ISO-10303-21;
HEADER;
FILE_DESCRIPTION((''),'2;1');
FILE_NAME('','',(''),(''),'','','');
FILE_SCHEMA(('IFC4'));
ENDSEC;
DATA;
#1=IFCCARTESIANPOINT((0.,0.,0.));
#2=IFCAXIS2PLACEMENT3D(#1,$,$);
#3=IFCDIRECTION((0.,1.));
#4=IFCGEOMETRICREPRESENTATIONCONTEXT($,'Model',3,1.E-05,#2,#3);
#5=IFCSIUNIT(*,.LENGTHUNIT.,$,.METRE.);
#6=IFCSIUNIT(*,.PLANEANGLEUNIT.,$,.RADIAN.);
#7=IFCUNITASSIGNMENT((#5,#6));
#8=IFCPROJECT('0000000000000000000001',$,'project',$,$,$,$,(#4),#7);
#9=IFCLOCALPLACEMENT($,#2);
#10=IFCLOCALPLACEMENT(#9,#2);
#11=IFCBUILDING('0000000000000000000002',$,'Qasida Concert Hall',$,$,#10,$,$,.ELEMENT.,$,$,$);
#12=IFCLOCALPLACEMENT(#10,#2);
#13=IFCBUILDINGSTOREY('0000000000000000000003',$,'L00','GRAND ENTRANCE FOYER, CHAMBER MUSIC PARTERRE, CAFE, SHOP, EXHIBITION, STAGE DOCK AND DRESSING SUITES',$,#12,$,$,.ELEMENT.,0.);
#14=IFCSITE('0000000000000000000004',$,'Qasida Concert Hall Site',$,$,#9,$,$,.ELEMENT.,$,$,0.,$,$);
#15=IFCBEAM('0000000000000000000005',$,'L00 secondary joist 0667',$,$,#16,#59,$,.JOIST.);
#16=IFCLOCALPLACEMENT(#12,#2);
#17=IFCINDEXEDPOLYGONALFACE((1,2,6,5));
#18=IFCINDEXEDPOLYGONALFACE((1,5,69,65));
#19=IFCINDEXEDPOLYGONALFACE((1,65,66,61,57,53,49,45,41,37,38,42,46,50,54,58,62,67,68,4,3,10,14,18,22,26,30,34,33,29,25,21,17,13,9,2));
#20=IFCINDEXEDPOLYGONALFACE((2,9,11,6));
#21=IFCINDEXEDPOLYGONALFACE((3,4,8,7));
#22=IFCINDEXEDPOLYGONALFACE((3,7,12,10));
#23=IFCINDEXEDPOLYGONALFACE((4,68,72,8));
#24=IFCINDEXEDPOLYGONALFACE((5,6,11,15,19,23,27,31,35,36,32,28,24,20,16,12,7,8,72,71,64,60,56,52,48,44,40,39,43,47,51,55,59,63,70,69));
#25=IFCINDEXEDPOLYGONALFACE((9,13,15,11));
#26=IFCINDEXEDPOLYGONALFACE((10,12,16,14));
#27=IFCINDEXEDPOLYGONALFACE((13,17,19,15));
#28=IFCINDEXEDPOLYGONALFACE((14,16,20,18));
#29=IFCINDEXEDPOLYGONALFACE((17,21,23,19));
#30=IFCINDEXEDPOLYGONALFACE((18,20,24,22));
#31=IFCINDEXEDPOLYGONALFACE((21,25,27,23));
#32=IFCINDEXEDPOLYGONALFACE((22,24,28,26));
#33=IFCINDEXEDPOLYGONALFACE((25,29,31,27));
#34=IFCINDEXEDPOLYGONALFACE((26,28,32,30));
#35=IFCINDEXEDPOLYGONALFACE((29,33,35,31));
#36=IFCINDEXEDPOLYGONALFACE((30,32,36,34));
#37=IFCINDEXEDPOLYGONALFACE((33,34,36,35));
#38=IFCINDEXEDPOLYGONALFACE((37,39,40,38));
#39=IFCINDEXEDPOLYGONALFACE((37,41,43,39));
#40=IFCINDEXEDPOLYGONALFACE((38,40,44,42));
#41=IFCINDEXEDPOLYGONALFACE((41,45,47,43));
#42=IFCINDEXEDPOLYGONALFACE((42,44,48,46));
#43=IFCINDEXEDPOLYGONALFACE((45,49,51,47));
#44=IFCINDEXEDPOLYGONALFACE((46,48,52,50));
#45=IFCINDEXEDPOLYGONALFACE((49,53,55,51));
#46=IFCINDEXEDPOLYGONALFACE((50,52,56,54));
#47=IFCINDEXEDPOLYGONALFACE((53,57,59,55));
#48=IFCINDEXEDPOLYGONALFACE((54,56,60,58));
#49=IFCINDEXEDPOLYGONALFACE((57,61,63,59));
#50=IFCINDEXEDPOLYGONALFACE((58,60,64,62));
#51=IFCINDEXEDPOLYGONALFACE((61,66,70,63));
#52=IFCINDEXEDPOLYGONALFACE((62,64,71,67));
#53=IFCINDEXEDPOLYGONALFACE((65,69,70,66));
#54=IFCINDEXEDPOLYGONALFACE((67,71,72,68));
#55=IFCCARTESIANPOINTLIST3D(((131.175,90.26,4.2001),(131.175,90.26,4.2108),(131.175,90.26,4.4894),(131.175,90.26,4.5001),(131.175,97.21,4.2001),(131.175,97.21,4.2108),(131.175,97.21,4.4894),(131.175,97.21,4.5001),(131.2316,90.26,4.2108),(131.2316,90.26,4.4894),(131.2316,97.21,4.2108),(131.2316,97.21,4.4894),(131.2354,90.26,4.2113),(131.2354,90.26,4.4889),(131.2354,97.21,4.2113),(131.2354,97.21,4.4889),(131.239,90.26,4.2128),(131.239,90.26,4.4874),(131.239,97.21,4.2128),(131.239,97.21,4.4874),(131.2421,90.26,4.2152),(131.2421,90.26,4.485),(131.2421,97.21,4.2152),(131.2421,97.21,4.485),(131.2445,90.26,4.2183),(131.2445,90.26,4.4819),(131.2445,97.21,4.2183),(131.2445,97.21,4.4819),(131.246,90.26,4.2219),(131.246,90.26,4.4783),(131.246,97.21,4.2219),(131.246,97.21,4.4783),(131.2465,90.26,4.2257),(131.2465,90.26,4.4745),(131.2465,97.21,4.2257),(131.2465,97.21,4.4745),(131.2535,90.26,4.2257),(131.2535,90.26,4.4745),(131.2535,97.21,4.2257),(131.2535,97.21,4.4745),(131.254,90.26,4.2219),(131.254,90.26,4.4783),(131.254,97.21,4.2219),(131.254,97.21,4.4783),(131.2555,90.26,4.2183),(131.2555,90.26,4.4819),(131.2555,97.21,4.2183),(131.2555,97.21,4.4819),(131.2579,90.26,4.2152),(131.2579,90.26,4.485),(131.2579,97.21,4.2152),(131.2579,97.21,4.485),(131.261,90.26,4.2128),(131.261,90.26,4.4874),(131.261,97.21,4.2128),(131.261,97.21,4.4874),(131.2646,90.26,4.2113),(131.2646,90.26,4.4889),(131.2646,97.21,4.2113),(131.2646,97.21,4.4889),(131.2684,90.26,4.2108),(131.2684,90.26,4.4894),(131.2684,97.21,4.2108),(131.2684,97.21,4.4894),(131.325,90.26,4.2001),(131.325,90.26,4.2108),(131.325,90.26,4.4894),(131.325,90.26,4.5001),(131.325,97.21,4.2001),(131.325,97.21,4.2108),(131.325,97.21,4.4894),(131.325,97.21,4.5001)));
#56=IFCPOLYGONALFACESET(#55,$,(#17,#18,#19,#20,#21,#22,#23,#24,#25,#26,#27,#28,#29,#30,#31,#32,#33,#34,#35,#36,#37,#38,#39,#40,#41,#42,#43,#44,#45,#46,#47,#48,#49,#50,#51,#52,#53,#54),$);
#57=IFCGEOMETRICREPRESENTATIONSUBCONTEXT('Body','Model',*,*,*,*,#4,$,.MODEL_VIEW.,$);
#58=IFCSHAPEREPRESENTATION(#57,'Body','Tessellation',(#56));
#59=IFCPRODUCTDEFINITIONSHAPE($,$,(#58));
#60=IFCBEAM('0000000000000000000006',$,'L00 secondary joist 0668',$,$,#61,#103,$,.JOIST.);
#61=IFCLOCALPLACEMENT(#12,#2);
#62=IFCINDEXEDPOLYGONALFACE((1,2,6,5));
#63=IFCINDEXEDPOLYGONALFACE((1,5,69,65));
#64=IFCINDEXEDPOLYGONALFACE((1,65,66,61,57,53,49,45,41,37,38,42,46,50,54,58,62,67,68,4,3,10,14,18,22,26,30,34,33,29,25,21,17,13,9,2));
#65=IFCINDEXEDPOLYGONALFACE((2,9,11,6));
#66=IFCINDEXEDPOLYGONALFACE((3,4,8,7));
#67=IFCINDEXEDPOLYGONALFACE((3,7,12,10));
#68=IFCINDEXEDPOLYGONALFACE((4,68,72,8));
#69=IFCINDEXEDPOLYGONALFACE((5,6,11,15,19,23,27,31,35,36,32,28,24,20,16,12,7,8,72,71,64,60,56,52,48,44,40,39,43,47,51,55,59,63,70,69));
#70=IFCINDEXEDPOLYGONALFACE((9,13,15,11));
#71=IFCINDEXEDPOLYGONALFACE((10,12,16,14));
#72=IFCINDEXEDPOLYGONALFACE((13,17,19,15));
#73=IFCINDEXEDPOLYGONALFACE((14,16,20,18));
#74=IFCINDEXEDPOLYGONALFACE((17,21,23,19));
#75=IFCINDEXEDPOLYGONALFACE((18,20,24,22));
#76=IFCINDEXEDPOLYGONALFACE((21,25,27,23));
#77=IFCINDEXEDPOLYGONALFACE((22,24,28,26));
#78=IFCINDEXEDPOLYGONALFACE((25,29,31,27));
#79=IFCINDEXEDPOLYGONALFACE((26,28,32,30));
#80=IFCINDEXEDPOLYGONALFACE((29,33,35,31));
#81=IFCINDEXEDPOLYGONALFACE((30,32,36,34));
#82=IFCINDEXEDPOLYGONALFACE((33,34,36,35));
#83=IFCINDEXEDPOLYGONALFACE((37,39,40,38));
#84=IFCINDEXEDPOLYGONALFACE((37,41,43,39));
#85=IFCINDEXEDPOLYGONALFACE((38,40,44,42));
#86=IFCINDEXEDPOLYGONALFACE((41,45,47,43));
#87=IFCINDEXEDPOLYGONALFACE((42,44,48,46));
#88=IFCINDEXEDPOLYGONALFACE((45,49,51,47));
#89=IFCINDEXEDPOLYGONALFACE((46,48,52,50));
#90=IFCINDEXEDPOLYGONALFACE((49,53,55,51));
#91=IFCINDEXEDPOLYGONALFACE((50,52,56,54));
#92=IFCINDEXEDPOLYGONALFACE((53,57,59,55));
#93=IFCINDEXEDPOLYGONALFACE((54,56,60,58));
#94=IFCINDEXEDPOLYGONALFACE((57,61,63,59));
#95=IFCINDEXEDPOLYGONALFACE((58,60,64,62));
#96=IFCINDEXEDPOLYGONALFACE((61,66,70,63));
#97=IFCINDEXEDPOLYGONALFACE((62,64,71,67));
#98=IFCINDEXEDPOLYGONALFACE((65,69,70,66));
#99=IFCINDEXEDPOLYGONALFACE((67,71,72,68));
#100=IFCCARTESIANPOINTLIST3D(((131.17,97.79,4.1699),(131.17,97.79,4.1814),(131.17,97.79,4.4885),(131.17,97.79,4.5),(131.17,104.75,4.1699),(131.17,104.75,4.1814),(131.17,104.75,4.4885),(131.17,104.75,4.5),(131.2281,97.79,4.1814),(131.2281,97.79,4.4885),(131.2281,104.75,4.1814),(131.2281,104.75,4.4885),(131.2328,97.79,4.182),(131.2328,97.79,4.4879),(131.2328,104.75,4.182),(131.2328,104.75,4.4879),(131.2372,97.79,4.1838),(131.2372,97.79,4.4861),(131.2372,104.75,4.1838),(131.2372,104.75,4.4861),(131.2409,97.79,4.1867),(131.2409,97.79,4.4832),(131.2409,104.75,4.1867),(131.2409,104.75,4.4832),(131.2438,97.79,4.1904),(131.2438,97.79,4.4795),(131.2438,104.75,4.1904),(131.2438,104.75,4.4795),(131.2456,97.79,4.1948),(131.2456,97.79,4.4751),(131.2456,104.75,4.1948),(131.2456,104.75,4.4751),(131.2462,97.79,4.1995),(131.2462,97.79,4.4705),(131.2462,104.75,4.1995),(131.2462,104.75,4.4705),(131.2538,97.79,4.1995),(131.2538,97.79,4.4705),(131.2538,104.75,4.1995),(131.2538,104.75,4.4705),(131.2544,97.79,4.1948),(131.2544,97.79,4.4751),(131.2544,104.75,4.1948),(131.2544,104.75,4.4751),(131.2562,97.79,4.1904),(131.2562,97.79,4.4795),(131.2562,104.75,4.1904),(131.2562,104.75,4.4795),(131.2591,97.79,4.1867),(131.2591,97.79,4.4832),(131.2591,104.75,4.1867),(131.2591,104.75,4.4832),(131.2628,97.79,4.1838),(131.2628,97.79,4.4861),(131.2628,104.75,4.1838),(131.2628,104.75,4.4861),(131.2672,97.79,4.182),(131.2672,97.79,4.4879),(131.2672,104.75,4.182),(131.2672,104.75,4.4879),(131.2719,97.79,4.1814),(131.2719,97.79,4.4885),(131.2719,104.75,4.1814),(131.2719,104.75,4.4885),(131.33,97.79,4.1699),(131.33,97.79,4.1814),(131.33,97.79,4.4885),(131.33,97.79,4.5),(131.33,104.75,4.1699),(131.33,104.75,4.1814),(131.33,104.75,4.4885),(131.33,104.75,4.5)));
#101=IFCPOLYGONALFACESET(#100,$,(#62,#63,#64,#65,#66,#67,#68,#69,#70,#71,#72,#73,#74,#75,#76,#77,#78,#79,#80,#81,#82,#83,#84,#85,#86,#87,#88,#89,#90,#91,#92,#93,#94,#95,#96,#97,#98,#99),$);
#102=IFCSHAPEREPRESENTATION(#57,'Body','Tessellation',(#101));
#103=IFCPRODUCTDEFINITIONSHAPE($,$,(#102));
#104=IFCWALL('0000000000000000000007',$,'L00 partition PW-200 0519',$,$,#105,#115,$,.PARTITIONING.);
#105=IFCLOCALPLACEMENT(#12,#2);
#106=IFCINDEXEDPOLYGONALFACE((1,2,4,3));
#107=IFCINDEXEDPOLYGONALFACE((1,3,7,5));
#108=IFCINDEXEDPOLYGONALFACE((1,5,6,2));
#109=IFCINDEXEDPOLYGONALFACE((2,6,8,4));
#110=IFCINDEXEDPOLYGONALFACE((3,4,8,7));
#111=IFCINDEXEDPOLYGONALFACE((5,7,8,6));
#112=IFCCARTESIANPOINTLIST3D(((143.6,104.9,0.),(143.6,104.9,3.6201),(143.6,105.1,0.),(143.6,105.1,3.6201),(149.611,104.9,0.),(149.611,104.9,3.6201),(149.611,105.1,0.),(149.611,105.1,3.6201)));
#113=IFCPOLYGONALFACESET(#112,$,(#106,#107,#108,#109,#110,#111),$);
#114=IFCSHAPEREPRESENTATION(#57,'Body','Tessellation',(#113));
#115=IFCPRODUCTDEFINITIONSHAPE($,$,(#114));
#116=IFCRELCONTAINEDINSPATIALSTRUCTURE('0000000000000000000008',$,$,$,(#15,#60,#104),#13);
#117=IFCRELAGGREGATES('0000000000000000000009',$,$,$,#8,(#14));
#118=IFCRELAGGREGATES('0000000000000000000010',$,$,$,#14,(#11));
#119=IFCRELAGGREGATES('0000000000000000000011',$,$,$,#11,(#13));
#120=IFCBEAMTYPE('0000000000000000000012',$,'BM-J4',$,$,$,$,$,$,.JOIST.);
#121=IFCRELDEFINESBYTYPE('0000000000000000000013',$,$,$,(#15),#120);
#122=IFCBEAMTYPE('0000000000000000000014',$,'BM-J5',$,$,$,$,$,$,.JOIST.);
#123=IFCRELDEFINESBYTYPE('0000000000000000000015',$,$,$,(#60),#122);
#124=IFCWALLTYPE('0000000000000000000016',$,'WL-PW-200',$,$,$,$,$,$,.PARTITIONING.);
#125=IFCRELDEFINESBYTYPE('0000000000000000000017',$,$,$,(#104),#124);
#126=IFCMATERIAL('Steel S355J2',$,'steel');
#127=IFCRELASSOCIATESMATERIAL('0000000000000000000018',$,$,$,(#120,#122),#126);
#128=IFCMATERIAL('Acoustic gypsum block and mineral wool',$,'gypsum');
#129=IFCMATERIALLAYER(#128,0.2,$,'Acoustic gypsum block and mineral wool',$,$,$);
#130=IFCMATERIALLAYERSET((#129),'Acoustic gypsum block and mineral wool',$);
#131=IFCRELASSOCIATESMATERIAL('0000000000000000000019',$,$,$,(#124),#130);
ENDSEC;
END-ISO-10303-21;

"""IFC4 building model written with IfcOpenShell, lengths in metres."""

from ifc_helpers import new_model, si_unit, direction, frame, frame_2d, origin, origin_2d, place, context, subcontext, project, spatial, rectangle, i_section, extrude, material, layer, layer_set, material_profile, profile_set, type_object, element, save


model = new_model("IFC4")

# Units and contexts
model_context = context("Model", 3, precision=1e-05, world=origin(), true_north=direction((0.0, 1.0)))
body_context = subcontext(model_context, "Body", "Model", "MODEL_VIEW")
ifc_project = project(units=[si_unit("LENGTHUNIT", "METRE"), si_unit("PLANEANGLEUNIT", "RADIAN")], contexts=[model_context])

# Site, building, storey
site_placement = place(None, origin())
site = spatial("IfcSite", under=ifc_project, at=site_placement, Name="Qasida Concert Hall Site", CompositionType="ELEMENT", RefElevation=0.0)
building_placement = place(site_placement, origin())
building = spatial("IfcBuilding", under=site, at=building_placement, Name="Qasida Concert Hall", CompositionType="ELEMENT")
storey_placement = place(building_placement, origin())
storey = spatial("IfcBuildingStorey", under=building, at=storey_placement, Name="L00", Description="GRAND ENTRANCE FOYER, CHAMBER MUSIC PARTERRE, CAFE, SHOP, EXHIBITION, STAGE DOCK AND DRESSING SUITES", CompositionType="ELEMENT", Elevation=0.0)

# Beams
ifc_material_1 = material(Name="Steel S355J2", Category="steel")
ifc_material_profile_1 = material_profile(ifc_material_1, i_section(OverallWidth=0.1499, OverallDepth=0.3, WebThickness=0.0071, FlangeThickness=0.0107, FilletRadius=0.0149, at=origin_2d()), Name="IPE 300")
ifc_profile_set_1 = profile_set([ifc_material_profile_1], Name="Steel S355J2")
beam_type_1 = type_object("IfcBeamType", Name="BM-J4", PredefinedType="JOIST", material=ifc_profile_set_1)
beam_1_placement = place(storey_placement, frame((131.25, 90.26, 4.3501), z_axis=(0.0, 1.0, 0.0), x_axis=(-1.0, 0.0, 0.0)))
element("IfcBeam", 1, at=beam_1_placement, inside=storey, type_object=beam_type_1, Name="L00 secondary joist 0667", PredefinedType="JOIST", context=body_context, shape_type="SweptSolid", body=[
    extrude(i_section(OverallWidth=0.1499, OverallDepth=0.3, WebThickness=0.0071, FlangeThickness=0.0107, FilletRadius=0.0149, at=origin_2d()), origin(), (0.0, 0.0, 1.0), 6.95),
])
ifc_material_profile_2 = material_profile(ifc_material_1, i_section(OverallWidth=0.1599, OverallDepth=0.3301, WebThickness=0.0076, FlangeThickness=0.0115, FilletRadius=0.0181, at=origin_2d()), Name="IPE 330")
ifc_profile_set_2 = profile_set([ifc_material_profile_2], Name="Steel S355J2")
beam_type_2 = type_object("IfcBeamType", Name="BM-J5", PredefinedType="JOIST", material=ifc_profile_set_2)
beam_2_placement = place(storey_placement, frame((131.25, 97.79, 4.335), z_axis=(0.0, 1.0, 0.0), x_axis=(-1.0, 0.0, 0.0)))
element("IfcBeam", 2, at=beam_2_placement, inside=storey, type_object=beam_type_2, Name="L00 secondary joist 0668", PredefinedType="JOIST", context=body_context, shape_type="SweptSolid", body=[
    extrude(i_section(OverallWidth=0.1599, OverallDepth=0.3301, WebThickness=0.0076, FlangeThickness=0.0115, FilletRadius=0.0181, at=origin_2d()), origin(), (0.0, 0.0, 1.0), 6.96),
])

# Wall
ifc_material_2 = material(Name="Acoustic gypsum block and mineral wool", Category="gypsum")
ifc_layer = layer(ifc_material_2, 0.2, Name="Acoustic gypsum block and mineral wool")
ifc_layer_set = layer_set([ifc_layer], Name="Acoustic gypsum block and mineral wool")
wall_type = type_object("IfcWallType", Name="WL-PW-200", PredefinedType="PARTITIONING", material=ifc_layer_set)
wall_placement = place(storey_placement, frame((143.6001, 105.0, 0.0), z_axis=(0.0, 0.0, 1.0), x_axis=(1.0, 0.0, 0.0)))
element("IfcWall", 3, at=wall_placement, inside=storey, type_object=wall_type, Name="L00 partition PW-200 0519", PredefinedType="PARTITIONING", context=body_context, shape_type="SweptSolid", body=[
    extrude(rectangle(XDim=6.011, YDim=0.2, at=frame_2d((3.0054, 0.0))), origin(), (0.0, 0.0, 1.0), 3.6201),
])

save(model, "model.ifc")
